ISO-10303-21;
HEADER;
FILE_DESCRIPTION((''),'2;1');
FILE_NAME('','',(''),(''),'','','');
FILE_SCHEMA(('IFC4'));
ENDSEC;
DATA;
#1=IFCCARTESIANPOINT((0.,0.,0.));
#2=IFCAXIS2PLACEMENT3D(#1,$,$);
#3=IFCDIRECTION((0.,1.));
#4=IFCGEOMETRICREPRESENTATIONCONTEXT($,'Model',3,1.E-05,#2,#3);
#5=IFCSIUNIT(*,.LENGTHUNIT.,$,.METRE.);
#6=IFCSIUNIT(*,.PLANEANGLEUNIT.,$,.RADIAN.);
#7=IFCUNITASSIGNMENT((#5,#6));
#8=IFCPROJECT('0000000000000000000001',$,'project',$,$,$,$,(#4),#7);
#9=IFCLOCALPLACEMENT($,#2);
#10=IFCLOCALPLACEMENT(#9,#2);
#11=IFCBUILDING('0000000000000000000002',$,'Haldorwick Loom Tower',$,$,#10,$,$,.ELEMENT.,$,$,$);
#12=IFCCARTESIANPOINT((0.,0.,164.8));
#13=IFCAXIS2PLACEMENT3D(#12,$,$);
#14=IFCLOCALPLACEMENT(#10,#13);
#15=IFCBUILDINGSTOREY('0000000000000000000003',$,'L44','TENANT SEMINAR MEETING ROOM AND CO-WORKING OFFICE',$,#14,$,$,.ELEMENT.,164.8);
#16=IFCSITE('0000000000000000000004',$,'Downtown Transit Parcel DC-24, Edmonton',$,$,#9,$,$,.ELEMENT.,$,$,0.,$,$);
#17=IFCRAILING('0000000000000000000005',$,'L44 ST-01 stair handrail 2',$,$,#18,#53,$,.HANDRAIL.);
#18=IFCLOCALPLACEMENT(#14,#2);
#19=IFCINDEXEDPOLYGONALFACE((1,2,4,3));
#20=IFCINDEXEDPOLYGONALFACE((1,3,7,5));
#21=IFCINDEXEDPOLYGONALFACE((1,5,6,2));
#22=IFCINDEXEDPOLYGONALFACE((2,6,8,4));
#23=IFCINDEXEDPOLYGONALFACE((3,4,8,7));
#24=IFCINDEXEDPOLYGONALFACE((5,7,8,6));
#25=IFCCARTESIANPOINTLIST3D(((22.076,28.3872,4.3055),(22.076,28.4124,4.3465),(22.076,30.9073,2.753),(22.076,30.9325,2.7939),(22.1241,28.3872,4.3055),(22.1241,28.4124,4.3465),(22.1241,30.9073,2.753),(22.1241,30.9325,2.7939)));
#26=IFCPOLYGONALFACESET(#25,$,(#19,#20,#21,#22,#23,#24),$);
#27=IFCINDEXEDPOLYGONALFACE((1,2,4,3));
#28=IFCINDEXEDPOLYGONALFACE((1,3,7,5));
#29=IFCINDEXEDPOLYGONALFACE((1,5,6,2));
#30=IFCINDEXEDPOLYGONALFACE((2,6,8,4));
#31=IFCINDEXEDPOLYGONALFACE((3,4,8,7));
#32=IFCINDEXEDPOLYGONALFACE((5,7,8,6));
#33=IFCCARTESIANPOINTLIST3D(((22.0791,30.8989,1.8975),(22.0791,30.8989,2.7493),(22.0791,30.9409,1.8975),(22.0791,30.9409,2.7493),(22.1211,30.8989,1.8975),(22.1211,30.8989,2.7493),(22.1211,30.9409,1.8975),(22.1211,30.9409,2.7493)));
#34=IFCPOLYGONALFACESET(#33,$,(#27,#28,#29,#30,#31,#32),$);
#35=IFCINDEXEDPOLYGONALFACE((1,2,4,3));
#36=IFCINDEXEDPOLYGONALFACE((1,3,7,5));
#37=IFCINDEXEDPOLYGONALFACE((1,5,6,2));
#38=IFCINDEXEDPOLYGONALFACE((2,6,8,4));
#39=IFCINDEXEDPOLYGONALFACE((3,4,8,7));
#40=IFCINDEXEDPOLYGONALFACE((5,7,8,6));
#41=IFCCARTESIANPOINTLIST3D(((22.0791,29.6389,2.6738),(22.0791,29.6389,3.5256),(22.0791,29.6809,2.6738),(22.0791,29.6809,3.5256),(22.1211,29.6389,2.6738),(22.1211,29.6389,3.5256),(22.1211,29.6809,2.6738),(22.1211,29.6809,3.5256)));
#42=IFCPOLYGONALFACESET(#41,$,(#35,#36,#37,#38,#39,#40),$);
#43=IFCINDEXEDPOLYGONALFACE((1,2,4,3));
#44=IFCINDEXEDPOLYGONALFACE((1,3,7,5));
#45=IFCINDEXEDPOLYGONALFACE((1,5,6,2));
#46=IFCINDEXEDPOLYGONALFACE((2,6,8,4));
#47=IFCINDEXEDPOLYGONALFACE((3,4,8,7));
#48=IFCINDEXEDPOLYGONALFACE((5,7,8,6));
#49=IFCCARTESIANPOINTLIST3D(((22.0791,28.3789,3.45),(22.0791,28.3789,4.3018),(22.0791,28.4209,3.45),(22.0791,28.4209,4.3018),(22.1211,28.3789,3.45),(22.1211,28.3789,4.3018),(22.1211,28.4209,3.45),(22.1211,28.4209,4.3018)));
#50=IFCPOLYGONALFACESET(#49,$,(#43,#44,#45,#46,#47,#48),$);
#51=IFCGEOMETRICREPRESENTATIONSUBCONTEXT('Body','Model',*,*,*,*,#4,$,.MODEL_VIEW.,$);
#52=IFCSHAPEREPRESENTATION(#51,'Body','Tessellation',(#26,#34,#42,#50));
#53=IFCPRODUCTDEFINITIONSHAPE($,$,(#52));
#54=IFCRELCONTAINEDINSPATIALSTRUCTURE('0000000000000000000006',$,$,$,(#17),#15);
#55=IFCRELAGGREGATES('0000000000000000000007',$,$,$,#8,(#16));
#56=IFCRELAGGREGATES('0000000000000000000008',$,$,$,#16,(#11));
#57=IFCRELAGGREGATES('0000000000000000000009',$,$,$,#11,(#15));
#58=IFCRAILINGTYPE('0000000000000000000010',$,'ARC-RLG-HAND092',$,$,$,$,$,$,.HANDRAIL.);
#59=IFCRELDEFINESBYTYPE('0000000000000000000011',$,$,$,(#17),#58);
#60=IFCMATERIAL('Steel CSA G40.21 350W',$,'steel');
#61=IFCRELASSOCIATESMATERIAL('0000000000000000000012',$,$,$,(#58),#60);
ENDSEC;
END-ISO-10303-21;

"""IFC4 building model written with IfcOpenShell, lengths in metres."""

from ifc_helpers import new_model, si_unit, direction, frame, origin, origin_2d, place, context, subcontext, project, spatial, rectangle, extrude, material, type_object, element, save


model = new_model("IFC4")

# Units and contexts
model_context = context("Model", 3, precision=1e-05, world=origin(), true_north=direction((0.0, 1.0)))
body_context = subcontext(model_context, "Body", "Model", "MODEL_VIEW")
ifc_project = project(units=[si_unit("LENGTHUNIT", "METRE"), si_unit("PLANEANGLEUNIT", "RADIAN")], contexts=[model_context])

# Site, building, storey
site_placement = place(None, origin())
site = spatial("IfcSite", under=ifc_project, at=site_placement, Name="Downtown Transit Parcel DC-24, Edmonton", CompositionType="ELEMENT", RefElevation=0.0)
building_placement = place(site_placement, origin())
building = spatial("IfcBuilding", under=site, at=building_placement, Name="Haldorwick Loom Tower", CompositionType="ELEMENT")
storey_placement = place(building_placement, frame((0.0, 0.0, 164.8)))
storey = spatial("IfcBuildingStorey", under=building, at=storey_placement, Name="L44", Description="TENANT SEMINAR MEETING ROOM AND CO-WORKING OFFICE", CompositionType="ELEMENT", Elevation=164.8)

# Shared definitions
ifc_material_1 = material(Name="Steel CSA G40.21 350W", Category="steel")

# Railing
railing_type_1 = type_object("IfcRailingType", Name="ARC-RLG-HAND092", PredefinedType="HANDRAIL", material=ifc_material_1)
railing_1_placement = place(storey_placement, frame((22.1001, 30.9199, 1.8975)))
element("IfcRailing", 1, at=railing_1_placement, inside=storey, type_object=railing_type_1, Name="L44 ST-01 stair handrail 2", PredefinedType="HANDRAIL", context=body_context, shape_type="SweptSolid", body=[
    extrude(rectangle(XDim=0.0481, YDim=0.0481, at=origin_2d()), frame((0.0, 0.0, 0.876), z_axis=(0.0, -0.8514, 0.524516), x_axis=(1.0, 0.0, 0.0)), (0.0, 0.0, 1.0), 2.96),
    extrude(rectangle(XDim=0.042, YDim=0.042, at=origin_2d()), origin(), (0.0, 0.0, 1.0), 0.8518),
    extrude(rectangle(XDim=0.042, YDim=0.042, at=origin_2d()), frame((0.0, -1.26, 0.7764)), (0.0, 0.0, 1.0), 0.8518),
    extrude(rectangle(XDim=0.042, YDim=0.042, at=origin_2d()), frame((0.0, -2.52, 1.5525)), (0.0, 0.0, 1.0), 0.8518),
])

save(model, "model.ifc")
